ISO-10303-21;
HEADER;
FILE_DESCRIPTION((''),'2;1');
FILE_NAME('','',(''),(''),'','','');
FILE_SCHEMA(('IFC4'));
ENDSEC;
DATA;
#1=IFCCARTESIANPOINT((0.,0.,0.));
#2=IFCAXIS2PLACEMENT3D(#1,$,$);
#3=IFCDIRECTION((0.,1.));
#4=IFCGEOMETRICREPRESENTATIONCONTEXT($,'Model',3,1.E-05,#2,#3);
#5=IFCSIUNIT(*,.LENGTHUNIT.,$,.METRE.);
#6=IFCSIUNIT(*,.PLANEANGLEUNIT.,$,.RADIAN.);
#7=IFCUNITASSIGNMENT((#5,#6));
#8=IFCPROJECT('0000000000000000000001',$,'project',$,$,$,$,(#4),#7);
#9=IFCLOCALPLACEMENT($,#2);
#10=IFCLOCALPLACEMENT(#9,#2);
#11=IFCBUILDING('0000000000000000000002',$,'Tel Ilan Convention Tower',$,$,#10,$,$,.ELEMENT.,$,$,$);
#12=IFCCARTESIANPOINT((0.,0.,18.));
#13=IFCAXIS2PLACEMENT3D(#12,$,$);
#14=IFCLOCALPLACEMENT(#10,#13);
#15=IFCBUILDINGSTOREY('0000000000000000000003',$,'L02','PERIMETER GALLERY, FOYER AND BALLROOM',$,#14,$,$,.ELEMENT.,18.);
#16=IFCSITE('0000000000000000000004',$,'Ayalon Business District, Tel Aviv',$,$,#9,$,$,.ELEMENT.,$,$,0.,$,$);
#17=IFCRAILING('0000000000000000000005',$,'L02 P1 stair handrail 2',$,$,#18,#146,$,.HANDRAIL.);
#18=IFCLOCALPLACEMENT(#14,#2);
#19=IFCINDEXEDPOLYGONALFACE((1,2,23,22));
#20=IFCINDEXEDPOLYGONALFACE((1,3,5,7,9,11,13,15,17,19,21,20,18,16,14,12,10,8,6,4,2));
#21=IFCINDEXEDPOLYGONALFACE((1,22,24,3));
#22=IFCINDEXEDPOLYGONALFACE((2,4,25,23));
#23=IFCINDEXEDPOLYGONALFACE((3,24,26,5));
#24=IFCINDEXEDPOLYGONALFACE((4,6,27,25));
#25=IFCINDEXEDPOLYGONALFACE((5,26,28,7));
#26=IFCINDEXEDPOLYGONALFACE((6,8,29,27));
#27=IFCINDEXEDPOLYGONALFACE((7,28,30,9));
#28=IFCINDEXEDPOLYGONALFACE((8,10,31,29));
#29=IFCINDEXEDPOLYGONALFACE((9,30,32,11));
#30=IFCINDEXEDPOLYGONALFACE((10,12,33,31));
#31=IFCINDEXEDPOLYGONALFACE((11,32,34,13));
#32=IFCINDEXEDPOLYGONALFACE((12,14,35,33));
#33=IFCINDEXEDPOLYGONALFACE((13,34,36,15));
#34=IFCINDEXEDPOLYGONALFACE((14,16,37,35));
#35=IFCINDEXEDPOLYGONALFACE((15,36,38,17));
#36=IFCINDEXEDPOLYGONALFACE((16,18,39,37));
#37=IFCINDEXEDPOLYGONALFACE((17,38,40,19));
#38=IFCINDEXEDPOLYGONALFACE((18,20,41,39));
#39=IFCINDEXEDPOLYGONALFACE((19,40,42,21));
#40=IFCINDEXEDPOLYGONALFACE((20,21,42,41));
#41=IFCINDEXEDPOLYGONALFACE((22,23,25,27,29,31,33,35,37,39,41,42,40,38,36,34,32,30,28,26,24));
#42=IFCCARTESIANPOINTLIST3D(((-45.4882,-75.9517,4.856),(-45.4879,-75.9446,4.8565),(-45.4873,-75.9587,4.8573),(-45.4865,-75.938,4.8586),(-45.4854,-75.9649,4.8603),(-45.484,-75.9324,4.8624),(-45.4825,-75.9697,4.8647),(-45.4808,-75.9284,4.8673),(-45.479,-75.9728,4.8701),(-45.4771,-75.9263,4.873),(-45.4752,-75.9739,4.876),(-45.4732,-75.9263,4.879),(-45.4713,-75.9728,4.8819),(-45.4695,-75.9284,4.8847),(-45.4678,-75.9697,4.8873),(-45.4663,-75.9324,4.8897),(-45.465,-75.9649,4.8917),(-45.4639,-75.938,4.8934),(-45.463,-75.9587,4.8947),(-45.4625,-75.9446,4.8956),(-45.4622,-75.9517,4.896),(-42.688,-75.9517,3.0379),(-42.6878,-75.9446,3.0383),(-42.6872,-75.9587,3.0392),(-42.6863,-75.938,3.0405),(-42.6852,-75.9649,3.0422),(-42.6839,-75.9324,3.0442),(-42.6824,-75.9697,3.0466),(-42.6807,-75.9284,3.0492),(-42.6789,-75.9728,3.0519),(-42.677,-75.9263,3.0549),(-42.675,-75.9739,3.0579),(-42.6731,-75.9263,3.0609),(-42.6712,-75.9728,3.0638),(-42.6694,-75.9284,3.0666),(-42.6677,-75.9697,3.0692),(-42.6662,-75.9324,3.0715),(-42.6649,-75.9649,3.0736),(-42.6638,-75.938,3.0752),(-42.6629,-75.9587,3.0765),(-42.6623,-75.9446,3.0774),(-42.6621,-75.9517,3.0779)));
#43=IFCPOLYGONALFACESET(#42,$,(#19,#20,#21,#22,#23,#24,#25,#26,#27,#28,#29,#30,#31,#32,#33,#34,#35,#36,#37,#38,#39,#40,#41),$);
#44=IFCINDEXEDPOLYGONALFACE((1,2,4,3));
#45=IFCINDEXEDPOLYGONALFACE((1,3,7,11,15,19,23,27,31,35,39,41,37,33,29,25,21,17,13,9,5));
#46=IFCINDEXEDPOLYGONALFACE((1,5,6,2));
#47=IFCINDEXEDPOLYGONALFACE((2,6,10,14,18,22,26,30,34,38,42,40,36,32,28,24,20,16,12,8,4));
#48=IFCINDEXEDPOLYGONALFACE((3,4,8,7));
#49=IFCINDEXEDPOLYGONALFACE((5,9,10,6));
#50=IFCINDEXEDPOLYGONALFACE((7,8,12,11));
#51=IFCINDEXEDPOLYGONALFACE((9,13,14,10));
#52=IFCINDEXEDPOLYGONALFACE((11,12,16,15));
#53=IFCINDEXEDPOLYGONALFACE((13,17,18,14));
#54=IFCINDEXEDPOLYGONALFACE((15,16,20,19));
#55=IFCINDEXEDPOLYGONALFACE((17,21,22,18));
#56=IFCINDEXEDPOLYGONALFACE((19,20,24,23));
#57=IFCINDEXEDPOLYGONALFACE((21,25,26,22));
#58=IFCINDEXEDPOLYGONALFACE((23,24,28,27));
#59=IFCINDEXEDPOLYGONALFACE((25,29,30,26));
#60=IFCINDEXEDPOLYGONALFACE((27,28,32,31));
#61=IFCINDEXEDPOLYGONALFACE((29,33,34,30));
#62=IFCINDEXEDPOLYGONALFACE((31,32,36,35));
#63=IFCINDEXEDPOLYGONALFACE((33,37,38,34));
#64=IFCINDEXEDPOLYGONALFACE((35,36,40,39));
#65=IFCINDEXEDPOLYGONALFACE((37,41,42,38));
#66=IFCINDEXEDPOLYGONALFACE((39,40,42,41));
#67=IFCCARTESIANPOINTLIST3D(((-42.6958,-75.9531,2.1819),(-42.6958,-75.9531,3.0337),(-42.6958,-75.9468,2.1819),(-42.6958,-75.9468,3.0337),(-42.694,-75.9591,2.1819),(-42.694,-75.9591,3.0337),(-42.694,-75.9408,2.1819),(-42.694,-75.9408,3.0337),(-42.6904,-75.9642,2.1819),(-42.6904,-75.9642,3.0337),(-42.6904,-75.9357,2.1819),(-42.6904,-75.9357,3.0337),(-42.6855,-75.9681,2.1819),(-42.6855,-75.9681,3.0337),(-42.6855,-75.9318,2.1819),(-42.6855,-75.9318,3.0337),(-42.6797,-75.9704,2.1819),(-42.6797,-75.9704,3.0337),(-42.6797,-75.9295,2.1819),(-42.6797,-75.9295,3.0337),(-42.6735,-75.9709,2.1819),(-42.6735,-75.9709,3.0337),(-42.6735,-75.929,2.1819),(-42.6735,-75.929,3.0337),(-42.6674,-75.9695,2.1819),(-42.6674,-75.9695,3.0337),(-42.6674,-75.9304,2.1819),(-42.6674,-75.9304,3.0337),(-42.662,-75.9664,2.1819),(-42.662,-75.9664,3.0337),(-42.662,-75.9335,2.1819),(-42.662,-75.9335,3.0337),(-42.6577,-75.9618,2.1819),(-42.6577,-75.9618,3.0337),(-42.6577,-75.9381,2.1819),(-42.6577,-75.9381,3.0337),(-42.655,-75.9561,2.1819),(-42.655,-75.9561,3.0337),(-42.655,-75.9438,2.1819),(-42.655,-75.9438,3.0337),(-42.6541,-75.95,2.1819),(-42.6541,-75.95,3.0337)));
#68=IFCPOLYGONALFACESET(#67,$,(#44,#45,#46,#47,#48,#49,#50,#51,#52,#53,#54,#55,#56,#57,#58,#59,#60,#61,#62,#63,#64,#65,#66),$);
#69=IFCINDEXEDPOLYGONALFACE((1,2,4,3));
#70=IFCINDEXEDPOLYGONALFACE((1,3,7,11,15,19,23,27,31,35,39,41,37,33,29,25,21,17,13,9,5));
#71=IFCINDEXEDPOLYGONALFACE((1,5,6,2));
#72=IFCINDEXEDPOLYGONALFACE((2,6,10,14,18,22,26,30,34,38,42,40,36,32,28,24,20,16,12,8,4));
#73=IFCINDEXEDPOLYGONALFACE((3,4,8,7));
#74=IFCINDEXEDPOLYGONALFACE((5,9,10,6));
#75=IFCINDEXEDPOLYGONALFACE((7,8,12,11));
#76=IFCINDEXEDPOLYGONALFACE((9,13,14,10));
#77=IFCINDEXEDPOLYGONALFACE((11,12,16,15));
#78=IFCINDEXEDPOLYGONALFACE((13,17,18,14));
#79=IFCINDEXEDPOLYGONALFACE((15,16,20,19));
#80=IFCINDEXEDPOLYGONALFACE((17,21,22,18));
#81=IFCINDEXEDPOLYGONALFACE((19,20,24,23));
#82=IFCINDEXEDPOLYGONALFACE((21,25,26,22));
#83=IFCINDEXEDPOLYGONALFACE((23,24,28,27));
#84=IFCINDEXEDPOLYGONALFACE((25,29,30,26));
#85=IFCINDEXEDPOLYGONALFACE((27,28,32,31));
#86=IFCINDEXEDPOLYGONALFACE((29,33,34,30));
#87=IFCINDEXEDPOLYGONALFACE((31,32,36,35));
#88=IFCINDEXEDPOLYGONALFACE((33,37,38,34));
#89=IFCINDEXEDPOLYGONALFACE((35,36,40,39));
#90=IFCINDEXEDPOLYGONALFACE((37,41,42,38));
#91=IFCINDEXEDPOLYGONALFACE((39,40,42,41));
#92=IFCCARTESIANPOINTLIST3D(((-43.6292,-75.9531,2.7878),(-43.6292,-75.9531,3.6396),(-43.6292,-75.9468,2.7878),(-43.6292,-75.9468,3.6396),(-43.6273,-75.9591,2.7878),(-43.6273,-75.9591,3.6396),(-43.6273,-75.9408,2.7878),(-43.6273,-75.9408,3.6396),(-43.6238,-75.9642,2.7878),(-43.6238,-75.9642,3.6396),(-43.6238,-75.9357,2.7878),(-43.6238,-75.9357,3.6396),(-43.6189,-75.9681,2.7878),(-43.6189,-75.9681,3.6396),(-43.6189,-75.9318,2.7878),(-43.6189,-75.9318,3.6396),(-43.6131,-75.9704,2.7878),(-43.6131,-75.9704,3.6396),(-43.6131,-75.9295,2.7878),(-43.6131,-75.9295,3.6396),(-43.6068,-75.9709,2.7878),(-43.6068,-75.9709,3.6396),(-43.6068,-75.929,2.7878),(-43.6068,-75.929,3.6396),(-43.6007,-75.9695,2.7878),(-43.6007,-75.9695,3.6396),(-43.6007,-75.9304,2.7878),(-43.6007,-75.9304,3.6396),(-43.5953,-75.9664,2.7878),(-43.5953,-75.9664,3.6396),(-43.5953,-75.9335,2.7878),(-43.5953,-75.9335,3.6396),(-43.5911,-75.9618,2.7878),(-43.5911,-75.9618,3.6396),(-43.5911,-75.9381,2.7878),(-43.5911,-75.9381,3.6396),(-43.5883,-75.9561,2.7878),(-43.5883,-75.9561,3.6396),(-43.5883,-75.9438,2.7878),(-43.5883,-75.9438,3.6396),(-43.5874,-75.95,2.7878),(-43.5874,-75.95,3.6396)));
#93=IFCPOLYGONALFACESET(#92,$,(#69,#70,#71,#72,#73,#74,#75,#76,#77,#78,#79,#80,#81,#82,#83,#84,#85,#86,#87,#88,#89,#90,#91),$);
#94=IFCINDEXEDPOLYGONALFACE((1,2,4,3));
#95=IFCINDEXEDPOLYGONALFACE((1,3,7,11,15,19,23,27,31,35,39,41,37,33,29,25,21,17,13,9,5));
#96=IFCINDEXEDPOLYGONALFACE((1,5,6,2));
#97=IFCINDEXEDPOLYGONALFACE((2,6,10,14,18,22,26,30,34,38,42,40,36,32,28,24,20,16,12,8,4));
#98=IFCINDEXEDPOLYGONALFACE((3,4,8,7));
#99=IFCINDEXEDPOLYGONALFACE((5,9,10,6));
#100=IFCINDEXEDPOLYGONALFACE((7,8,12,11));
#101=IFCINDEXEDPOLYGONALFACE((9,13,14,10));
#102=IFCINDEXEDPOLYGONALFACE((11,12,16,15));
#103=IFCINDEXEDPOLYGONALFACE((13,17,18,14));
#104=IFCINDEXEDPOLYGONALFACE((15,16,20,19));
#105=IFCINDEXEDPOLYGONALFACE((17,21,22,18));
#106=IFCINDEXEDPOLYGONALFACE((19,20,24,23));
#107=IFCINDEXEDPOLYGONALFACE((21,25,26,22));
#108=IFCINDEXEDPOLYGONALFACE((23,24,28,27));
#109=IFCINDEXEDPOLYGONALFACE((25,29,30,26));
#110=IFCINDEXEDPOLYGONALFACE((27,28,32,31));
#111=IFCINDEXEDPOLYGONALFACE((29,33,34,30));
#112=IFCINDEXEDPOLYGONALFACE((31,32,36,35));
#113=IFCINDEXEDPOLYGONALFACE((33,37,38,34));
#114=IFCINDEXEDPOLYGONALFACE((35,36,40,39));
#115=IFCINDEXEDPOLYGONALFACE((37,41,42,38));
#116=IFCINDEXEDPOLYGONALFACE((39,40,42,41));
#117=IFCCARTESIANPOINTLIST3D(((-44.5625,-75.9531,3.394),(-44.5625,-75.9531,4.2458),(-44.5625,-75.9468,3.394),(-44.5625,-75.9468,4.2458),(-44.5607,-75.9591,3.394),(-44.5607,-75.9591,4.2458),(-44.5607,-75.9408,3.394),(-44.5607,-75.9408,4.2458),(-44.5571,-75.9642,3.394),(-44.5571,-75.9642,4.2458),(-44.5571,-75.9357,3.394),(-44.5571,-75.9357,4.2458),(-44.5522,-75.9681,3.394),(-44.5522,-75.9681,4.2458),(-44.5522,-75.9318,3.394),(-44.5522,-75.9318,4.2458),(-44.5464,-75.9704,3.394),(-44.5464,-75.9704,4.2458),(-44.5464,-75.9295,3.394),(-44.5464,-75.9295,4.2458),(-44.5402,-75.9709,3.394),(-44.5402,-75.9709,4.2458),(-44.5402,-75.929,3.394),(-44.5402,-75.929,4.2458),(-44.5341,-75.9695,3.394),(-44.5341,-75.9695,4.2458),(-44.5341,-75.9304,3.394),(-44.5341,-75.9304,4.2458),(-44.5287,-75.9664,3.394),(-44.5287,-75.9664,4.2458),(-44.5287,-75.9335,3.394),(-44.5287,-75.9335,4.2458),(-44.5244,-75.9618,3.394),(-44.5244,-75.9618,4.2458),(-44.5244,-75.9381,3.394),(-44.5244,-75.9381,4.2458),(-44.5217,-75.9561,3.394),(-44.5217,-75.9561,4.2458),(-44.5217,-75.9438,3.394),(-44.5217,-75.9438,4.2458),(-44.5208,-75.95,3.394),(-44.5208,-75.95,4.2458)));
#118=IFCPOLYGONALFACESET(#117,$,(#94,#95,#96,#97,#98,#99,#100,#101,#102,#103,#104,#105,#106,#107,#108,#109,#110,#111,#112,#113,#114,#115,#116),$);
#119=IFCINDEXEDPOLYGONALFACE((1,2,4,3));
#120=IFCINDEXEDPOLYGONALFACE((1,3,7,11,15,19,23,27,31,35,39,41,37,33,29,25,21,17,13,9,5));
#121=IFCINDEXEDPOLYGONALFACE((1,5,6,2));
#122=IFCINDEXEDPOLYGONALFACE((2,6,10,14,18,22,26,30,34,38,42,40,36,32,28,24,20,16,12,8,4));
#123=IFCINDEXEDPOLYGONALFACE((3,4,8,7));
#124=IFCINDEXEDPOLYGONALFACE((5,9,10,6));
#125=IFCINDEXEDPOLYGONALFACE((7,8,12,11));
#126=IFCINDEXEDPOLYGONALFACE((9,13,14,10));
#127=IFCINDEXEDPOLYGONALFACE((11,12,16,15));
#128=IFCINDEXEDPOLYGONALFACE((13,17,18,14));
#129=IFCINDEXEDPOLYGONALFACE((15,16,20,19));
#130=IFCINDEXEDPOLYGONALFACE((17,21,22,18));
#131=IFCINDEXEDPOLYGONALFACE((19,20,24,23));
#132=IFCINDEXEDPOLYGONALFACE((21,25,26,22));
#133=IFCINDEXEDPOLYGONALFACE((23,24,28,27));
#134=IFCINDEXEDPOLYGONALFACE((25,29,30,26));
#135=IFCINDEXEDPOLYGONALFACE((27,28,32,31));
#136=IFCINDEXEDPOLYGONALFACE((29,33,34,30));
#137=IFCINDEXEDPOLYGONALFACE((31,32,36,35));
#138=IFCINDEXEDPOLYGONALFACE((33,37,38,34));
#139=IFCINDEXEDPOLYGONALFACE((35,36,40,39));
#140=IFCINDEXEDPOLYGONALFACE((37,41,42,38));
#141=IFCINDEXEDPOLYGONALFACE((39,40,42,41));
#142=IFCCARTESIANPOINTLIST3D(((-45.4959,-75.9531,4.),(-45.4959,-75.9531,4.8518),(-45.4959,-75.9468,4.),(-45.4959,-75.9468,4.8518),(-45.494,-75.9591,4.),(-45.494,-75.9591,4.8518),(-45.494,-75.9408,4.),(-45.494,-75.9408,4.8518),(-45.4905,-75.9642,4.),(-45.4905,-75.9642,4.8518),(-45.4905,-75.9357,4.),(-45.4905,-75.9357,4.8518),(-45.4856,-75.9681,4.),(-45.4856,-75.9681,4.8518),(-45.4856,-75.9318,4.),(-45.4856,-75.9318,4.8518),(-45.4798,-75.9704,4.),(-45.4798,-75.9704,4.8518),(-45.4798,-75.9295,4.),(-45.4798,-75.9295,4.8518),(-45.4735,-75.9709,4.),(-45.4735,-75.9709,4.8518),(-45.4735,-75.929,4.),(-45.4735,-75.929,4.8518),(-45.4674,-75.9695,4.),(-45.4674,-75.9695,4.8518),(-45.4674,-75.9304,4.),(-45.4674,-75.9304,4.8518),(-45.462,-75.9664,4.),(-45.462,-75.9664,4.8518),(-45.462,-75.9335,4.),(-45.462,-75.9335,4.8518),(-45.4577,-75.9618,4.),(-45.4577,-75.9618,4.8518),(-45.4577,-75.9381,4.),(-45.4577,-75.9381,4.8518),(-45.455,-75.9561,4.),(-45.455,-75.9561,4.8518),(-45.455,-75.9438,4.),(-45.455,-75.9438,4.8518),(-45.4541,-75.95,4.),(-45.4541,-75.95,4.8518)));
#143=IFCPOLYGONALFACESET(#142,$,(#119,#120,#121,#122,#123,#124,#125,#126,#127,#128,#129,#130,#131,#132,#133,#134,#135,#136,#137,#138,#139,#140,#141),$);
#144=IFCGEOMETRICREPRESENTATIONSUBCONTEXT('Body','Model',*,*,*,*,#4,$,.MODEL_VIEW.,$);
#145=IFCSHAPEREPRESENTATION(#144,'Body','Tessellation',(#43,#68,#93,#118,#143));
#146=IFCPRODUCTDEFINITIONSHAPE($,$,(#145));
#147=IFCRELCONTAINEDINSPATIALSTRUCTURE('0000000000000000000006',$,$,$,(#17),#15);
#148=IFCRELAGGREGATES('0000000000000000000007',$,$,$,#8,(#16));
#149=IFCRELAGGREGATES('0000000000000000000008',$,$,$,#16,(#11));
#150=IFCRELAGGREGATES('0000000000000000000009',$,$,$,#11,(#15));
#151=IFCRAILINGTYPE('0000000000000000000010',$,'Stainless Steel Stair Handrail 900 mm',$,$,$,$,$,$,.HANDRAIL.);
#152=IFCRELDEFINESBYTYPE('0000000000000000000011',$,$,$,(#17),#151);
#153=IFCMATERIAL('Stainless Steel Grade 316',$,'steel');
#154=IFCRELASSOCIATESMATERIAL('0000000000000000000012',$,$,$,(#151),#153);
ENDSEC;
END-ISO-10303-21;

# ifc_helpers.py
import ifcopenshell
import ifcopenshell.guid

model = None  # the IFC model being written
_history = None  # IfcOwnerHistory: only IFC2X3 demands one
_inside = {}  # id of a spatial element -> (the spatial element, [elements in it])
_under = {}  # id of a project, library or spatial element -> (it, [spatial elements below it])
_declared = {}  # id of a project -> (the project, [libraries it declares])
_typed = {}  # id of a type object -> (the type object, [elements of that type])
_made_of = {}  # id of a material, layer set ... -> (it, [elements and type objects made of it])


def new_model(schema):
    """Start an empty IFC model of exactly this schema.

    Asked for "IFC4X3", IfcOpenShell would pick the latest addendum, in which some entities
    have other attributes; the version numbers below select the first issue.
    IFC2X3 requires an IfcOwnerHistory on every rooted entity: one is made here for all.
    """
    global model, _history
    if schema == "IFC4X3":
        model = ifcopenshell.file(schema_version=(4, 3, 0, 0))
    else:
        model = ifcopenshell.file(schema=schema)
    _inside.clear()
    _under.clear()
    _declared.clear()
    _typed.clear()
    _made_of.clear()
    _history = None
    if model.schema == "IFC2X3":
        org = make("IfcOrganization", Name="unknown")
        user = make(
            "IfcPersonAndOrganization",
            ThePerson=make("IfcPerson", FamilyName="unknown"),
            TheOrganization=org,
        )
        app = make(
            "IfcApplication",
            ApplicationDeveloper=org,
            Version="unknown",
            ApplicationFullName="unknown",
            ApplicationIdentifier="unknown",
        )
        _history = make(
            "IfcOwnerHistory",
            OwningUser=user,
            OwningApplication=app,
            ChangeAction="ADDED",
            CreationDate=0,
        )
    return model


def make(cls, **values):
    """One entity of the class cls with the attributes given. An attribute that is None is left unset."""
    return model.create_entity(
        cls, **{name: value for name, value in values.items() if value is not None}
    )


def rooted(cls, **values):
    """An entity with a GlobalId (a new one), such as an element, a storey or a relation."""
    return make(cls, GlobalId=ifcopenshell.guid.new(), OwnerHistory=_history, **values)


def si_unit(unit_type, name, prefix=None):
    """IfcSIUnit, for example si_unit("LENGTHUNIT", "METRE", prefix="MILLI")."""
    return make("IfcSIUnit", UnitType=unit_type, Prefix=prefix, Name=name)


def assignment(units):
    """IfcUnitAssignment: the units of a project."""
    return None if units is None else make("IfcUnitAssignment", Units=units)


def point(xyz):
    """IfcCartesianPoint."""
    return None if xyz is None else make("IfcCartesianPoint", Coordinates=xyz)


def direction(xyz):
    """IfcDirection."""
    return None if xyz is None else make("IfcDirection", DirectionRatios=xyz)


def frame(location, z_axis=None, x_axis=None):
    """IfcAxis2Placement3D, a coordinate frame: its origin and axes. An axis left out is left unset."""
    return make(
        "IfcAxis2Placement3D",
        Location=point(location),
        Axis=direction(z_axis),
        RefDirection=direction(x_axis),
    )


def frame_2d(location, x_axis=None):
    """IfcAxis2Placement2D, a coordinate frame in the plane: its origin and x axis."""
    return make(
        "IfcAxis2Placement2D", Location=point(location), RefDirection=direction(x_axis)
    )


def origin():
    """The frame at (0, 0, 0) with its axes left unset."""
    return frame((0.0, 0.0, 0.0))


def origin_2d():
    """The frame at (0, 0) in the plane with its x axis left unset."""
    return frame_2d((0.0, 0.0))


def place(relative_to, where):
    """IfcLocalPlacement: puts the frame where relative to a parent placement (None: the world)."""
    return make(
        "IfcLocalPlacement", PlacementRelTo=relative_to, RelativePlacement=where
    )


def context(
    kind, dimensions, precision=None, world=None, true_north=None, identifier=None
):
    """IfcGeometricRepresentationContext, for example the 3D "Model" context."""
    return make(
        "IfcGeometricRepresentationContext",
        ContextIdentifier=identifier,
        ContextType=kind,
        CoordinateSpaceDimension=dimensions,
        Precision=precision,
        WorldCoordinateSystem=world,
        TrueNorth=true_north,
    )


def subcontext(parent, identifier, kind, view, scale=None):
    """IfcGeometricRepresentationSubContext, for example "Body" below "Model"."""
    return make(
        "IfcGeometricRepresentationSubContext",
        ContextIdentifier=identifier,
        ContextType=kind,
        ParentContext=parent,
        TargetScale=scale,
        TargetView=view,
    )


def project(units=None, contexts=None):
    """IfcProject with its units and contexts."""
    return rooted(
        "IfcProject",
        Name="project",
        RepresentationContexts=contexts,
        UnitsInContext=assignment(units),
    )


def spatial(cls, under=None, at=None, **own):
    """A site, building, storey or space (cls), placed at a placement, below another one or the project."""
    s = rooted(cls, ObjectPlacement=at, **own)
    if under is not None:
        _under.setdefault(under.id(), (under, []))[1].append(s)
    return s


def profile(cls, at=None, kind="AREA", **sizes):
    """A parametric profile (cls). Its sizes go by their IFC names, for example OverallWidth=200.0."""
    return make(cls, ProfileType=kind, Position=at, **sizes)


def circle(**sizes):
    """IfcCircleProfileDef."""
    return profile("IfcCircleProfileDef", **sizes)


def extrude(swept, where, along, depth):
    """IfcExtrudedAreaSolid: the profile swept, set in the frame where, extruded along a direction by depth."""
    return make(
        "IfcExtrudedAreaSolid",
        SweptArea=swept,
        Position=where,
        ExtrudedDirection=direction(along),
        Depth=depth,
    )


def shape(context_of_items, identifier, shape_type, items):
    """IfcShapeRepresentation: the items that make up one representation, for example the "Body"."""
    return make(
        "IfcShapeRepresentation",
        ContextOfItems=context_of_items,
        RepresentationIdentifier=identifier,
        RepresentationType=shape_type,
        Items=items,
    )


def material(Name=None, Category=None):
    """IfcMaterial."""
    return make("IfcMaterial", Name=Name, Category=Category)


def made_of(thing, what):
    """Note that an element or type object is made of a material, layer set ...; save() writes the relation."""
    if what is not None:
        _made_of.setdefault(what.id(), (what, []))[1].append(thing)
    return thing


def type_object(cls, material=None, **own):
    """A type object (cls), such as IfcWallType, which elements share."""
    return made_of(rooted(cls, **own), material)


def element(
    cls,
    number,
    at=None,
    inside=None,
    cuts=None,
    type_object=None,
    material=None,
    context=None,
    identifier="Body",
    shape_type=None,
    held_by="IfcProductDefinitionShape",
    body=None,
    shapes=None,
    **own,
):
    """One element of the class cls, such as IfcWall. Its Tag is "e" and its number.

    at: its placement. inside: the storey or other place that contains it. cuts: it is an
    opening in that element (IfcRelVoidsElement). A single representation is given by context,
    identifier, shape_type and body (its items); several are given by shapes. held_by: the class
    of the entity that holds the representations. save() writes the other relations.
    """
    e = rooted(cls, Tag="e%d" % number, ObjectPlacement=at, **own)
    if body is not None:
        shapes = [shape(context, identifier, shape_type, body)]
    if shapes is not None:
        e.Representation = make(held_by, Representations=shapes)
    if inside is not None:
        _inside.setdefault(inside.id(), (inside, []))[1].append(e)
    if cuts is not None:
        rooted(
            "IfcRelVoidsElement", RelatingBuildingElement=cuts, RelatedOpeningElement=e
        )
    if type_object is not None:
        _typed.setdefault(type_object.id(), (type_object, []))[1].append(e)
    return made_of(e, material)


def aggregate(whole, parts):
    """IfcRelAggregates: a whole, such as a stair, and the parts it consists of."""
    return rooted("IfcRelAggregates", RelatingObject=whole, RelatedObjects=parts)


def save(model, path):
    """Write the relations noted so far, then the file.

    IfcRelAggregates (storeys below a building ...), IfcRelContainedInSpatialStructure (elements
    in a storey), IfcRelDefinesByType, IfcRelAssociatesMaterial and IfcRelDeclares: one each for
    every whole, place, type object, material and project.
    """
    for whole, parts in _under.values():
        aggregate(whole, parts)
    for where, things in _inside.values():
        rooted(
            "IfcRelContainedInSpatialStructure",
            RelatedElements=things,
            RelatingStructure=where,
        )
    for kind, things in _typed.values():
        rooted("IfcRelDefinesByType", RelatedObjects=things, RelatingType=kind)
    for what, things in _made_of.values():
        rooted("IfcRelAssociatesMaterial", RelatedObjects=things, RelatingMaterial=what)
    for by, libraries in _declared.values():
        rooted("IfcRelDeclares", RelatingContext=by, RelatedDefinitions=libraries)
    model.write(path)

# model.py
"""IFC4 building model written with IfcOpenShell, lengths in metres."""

from ifc_helpers import new_model, si_unit, direction, frame, origin, origin_2d, place, context, subcontext, project, spatial, circle, extrude, material, type_object, element, save


model = new_model("IFC4")

# Units and contexts
model_context = context("Model", 3, precision=1e-05, world=origin(), true_north=direction((0.0, 1.0)))
body_context = subcontext(model_context, "Body", "Model", "MODEL_VIEW")
ifc_project = project(units=[si_unit("LENGTHUNIT", "METRE"), si_unit("PLANEANGLEUNIT", "RADIAN")], contexts=[model_context])

# Site, building, storey
site_placement = place(None, origin())
site = spatial("IfcSite", under=ifc_project, at=site_placement, Name="Ayalon Business District, Tel Aviv", CompositionType="ELEMENT", RefElevation=0.0)
building_placement = place(site_placement, origin())
building = spatial("IfcBuilding", under=site, at=building_placement, Name="Tel Ilan Convention Tower", CompositionType="ELEMENT")
storey_placement = place(building_placement, frame((0.0, 0.0, 18.0)))
storey = spatial("IfcBuildingStorey", under=building, at=storey_placement, Name="L02", Description="PERIMETER GALLERY, FOYER AND BALLROOM", CompositionType="ELEMENT", Elevation=18.0)

# Railing
ifc_material_1 = material(Name="Stainless Steel Grade 316", Category="steel")
railing_type_1 = type_object("IfcRailingType", Name="Stainless Steel Stair Handrail 900 mm", PredefinedType="HANDRAIL", material=ifc_material_1)
for number, where, name in (
    (1, (-42.675, -75.95, 2.1819), "L02 P1 stair handrail 2"),
):
    element("IfcRailing", number, at=place(storey_placement, frame(where)), inside=storey, type_object=railing_type_1, Name=name, PredefinedType="HANDRAIL", context=body_context, shape_type="SweptSolid", body=[
        extrude(circle(Radius=0.0239, at=origin_2d()), frame((0.0, 0.0, 0.876), z_axis=(-0.838706, 0.0, 0.544585), x_axis=(0.0, -1.0, 0.0)), (0.0, 0.0, 1.0), 3.3386),
        extrude(circle(Radius=0.021, at=origin_2d()), origin(), (0.0, 0.0, 1.0), 0.8518),
        extrude(circle(Radius=0.021, at=origin_2d()), frame((-0.9333, 0.0, 0.606)), (0.0, 0.0, 1.0), 0.8518),
        extrude(circle(Radius=0.021, at=origin_2d()), frame((-1.8667, 0.0, 1.2122)), (0.0, 0.0, 1.0), 0.8518),
        extrude(circle(Radius=0.021, at=origin_2d()), frame((-2.8, 0.0, 1.8181)), (0.0, 0.0, 1.0), 0.8518),
    ])

save(model, "model.ifc")
